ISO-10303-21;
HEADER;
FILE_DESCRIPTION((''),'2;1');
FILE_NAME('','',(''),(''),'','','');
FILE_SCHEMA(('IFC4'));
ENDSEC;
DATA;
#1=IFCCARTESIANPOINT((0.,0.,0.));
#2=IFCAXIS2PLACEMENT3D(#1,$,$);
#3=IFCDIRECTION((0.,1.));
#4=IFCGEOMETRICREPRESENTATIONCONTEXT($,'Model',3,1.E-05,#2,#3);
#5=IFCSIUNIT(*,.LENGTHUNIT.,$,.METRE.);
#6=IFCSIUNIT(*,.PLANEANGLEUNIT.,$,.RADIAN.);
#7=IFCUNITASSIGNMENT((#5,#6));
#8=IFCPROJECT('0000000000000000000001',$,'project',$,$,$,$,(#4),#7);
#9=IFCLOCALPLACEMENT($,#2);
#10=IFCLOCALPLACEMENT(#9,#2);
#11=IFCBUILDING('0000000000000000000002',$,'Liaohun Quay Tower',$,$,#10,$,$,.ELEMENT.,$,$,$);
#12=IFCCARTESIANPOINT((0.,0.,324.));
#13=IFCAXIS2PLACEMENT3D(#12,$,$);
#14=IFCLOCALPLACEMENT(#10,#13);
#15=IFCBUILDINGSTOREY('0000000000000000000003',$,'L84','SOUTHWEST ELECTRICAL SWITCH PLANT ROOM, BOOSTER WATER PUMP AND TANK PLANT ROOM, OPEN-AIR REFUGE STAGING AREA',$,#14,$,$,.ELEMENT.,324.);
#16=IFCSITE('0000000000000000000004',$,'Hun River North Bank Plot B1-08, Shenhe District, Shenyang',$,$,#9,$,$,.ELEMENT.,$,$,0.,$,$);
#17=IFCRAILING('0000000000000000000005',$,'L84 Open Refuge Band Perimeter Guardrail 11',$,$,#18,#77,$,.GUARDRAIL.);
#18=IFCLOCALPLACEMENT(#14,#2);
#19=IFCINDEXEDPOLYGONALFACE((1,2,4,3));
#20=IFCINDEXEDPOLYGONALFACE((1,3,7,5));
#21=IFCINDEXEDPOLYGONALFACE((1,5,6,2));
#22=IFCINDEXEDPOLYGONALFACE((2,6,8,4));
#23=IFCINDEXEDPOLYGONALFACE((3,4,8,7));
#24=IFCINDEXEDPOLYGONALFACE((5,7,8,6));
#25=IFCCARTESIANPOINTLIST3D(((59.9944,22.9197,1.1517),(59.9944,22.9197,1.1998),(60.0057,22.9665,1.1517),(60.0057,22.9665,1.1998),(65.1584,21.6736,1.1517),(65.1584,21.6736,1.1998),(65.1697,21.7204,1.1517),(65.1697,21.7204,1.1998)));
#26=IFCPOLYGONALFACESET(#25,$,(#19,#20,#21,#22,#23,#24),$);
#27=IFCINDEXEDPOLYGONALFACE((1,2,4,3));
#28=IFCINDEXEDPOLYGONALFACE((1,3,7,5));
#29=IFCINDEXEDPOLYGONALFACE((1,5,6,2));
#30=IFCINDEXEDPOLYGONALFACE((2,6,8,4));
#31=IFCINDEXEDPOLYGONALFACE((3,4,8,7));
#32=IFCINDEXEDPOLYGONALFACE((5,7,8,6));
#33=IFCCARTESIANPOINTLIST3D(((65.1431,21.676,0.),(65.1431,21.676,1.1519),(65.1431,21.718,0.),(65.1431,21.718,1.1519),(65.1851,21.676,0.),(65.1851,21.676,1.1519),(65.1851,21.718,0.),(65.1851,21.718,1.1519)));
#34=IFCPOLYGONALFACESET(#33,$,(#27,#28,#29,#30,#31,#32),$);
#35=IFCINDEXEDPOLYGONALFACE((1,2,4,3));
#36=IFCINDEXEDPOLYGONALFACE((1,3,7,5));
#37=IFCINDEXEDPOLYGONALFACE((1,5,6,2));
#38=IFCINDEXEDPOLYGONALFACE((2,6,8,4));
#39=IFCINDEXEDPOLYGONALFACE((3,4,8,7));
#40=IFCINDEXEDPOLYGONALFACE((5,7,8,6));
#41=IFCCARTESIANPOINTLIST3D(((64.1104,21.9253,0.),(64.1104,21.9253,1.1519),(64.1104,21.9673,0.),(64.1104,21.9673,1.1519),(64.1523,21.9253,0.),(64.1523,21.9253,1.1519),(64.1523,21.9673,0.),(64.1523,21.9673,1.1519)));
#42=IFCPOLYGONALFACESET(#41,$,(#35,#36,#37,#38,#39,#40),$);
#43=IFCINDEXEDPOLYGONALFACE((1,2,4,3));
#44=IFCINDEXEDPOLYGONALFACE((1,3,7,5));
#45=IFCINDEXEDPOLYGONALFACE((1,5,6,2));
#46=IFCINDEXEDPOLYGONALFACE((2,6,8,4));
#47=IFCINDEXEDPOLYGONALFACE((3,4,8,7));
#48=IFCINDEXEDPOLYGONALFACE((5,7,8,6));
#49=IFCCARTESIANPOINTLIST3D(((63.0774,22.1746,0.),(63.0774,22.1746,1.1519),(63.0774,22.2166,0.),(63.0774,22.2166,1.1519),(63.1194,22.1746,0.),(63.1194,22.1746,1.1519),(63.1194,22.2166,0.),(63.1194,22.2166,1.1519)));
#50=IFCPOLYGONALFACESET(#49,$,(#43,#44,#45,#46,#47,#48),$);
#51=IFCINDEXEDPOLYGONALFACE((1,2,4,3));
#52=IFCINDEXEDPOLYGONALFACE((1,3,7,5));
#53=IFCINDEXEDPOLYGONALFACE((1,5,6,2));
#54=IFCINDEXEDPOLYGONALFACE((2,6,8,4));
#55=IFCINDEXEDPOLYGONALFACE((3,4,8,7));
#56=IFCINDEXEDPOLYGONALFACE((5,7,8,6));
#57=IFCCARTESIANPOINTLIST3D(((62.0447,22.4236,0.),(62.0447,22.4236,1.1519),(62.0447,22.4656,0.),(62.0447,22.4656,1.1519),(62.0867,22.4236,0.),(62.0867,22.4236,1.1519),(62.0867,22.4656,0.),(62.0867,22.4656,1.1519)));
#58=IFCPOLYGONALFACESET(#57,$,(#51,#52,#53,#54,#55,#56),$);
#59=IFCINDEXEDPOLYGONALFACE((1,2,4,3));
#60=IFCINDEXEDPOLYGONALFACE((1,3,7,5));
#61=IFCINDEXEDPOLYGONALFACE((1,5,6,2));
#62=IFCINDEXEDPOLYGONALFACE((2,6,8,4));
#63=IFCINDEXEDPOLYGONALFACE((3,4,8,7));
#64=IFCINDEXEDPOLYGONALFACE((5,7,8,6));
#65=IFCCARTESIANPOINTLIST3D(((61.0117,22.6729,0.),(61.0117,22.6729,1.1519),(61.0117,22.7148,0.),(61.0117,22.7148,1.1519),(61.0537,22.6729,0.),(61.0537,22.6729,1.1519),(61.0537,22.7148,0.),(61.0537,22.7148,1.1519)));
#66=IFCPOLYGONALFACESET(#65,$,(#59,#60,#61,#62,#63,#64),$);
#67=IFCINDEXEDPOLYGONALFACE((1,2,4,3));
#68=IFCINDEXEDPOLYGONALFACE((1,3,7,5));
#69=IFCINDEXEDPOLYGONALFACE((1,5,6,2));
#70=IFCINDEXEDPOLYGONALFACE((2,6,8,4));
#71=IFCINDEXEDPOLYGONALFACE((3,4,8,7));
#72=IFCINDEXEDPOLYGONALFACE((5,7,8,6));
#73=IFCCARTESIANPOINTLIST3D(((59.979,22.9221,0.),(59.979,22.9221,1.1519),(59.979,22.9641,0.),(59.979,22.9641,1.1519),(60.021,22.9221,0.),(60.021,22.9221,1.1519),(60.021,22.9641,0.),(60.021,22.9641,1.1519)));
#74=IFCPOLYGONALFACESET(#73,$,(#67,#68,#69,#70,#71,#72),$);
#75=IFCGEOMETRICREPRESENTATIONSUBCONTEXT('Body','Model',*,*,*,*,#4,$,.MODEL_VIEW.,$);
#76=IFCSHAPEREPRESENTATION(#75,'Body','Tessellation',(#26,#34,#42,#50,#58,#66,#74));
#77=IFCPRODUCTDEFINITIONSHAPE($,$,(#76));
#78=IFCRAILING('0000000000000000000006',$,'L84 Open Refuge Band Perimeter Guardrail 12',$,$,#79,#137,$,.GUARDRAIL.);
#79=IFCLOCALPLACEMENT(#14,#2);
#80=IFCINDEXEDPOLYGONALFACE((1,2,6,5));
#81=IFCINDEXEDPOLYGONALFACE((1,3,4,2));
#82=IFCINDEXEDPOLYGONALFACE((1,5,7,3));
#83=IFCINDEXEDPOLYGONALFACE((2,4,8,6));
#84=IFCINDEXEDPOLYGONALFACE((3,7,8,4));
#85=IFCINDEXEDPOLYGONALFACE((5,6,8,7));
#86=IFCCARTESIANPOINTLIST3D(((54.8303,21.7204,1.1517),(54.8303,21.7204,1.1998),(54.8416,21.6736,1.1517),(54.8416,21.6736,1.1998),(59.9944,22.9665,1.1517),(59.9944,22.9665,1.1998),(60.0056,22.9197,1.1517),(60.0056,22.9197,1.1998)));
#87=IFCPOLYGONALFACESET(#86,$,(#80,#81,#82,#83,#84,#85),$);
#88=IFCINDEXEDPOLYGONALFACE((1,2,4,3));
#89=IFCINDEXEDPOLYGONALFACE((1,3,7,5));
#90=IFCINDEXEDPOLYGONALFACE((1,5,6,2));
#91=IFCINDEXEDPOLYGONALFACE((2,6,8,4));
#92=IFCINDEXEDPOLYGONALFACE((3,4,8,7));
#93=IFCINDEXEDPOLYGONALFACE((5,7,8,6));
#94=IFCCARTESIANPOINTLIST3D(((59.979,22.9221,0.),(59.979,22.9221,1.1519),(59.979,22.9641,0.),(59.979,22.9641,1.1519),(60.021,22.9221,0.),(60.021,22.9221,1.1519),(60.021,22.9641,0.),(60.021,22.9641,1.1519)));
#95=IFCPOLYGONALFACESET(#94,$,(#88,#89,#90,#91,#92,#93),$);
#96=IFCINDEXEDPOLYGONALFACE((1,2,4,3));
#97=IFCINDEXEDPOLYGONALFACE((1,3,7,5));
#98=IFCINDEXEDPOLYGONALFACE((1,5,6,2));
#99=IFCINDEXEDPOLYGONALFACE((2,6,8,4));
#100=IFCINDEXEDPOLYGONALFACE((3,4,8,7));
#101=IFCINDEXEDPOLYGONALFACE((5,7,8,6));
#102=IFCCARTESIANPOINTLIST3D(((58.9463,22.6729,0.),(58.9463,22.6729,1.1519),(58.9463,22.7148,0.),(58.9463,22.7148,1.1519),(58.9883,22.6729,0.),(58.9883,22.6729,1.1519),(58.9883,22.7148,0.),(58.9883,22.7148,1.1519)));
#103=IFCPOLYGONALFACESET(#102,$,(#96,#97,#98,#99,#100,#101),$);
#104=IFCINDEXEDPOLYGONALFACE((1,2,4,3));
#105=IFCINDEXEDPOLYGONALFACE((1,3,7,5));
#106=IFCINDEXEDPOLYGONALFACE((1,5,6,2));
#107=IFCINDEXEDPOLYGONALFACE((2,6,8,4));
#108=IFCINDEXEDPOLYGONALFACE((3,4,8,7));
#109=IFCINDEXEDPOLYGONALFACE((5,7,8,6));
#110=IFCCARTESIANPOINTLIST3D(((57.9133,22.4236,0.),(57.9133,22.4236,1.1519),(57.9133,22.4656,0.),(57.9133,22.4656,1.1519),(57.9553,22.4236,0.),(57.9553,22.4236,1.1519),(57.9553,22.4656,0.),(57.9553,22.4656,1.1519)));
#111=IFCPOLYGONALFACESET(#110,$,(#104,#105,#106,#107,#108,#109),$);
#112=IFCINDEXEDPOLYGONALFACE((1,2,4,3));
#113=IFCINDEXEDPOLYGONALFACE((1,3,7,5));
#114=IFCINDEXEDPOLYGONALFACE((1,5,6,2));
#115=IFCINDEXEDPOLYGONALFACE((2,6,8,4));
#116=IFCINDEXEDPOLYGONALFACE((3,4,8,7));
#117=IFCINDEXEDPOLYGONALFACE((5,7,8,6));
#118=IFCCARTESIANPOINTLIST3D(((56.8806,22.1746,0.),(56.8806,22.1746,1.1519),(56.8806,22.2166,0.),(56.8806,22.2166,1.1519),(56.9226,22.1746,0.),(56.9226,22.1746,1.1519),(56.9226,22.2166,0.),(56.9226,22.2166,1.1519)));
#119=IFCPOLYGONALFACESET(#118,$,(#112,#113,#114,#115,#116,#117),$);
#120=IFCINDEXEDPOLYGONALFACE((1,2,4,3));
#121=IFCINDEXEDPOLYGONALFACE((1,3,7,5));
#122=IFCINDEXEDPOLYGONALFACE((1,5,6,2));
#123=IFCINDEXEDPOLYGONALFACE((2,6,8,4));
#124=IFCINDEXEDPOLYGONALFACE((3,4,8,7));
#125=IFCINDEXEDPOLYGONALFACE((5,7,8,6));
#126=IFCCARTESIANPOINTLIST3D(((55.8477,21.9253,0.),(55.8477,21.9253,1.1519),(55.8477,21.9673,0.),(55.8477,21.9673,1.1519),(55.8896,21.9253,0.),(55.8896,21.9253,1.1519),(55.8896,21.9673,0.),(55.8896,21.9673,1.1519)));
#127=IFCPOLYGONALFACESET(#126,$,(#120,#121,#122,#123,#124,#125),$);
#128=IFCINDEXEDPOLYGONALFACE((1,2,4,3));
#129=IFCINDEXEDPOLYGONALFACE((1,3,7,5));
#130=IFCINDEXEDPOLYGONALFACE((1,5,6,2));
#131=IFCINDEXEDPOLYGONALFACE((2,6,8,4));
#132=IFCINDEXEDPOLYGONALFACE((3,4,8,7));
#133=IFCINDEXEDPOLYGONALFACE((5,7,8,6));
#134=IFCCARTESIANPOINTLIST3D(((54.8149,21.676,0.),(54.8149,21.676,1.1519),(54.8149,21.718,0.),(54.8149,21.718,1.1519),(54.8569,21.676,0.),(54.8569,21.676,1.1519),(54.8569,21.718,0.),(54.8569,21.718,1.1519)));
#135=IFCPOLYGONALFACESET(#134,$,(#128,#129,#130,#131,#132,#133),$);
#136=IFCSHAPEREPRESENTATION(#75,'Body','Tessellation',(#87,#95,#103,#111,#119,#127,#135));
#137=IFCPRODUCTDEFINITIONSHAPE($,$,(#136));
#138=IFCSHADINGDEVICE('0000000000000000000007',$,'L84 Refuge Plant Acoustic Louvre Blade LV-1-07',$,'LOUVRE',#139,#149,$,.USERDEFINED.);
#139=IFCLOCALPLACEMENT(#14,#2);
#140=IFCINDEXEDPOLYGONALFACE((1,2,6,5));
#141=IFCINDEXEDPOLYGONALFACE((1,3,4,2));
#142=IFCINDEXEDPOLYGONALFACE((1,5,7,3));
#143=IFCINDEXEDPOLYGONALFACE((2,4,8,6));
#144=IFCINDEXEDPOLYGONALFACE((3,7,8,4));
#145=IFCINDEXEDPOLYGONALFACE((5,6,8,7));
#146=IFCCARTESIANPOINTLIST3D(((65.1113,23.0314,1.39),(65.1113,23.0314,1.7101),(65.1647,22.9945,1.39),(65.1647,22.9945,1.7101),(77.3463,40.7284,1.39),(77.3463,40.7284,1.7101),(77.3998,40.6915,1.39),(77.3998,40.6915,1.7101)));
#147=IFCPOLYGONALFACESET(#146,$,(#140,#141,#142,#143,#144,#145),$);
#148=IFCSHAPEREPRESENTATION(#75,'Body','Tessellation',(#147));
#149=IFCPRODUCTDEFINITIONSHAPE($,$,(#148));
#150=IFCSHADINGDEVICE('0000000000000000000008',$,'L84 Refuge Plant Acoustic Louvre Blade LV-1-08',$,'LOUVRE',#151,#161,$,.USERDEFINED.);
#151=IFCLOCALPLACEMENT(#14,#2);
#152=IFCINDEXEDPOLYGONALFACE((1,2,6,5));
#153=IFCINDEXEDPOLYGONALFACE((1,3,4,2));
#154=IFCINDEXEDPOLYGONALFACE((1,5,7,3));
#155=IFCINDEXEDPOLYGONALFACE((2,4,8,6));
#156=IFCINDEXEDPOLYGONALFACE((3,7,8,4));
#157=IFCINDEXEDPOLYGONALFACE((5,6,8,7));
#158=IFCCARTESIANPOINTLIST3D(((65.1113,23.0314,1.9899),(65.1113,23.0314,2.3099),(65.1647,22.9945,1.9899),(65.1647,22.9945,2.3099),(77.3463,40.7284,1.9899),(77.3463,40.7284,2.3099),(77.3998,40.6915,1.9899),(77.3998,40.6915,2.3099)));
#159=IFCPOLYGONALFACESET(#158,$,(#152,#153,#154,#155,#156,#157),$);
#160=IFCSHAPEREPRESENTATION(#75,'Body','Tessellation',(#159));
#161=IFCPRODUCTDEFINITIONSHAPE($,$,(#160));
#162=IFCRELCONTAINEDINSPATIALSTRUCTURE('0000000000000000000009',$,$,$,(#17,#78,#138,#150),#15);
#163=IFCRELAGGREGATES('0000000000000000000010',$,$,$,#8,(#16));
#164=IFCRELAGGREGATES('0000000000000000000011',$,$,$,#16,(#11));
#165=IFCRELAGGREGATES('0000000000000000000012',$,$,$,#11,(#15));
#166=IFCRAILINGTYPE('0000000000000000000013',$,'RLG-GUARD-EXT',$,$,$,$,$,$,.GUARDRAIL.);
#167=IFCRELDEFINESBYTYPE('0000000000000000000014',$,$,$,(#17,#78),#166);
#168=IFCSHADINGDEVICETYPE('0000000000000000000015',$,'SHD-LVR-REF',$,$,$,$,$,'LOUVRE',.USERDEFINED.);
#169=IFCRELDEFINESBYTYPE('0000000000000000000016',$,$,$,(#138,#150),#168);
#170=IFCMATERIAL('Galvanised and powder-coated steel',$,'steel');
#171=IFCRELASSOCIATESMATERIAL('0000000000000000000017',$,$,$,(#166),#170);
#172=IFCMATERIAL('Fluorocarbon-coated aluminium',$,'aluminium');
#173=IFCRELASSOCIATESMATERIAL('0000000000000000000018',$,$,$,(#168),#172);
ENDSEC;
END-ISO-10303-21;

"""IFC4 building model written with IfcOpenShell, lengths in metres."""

from ifc_helpers import new_model, si_unit, direction, frame, origin, origin_2d, place, context, subcontext, project, spatial, rectangle, extrude, source, transform, mapped, material, material_profile, profile_set, type_object, element, save


model = new_model("IFC4")

# Units and contexts
model_context = context("Model", 3, precision=1e-05, world=origin(), true_north=direction((0.0, 1.0)))
body_context = subcontext(model_context, "Body", "Model", "MODEL_VIEW")
ifc_project = project(units=[si_unit("LENGTHUNIT", "METRE"), si_unit("PLANEANGLEUNIT", "RADIAN")], contexts=[model_context])

# Site, building, storey
site_placement = place(None, origin())
site = spatial("IfcSite", under=ifc_project, at=site_placement, Name="Hun River North Bank Plot B1-08, Shenhe District, Shenyang", CompositionType="ELEMENT", RefElevation=0.0)
building_placement = place(site_placement, origin())
building = spatial("IfcBuilding", under=site, at=building_placement, Name="Liaohun Quay Tower", CompositionType="ELEMENT")
storey_placement = place(building_placement, frame((0.0, 0.0, 324.0)))
storey = spatial("IfcBuildingStorey", under=building, at=storey_placement, Name="L84", Description="SOUTHWEST ELECTRICAL SWITCH PLANT ROOM, BOOSTER WATER PUMP AND TANK PLANT ROOM, OPEN-AIR REFUGE STAGING AREA", CompositionType="ELEMENT", Elevation=324.0)

# Railings
ifc_material_1 = material(Name="Galvanised and powder-coated steel", Category="steel")
railing_type = type_object("IfcRailingType", Name="RLG-GUARD-EXT", PredefinedType="GUARDRAIL", material=ifc_material_1)
railing_1_placement = place(storey_placement, frame((65.1641, 21.697, 0.0)))
element("IfcRailing", 1, at=railing_1_placement, inside=storey, type_object=railing_type, Name="L84 Open Refuge Band Perimeter Guardrail 11", PredefinedType="GUARDRAIL", context=body_context, shape_type="SweptSolid", body=[
    extrude(rectangle(XDim=0.0481, YDim=0.0481, at=origin_2d()), frame((0.0, 0.0, 1.1758), z_axis=(-0.9721, 0.234569, 0.0), x_axis=(-0.234569, -0.9721, 0.0)), (0.0, 0.0, 1.0), 5.3123),
    extrude(rectangle(XDim=0.042, YDim=0.042, at=origin_2d()), origin(), (0.0, 0.0, 1.0), 1.1519),
    extrude(rectangle(XDim=0.042, YDim=0.042, at=origin_2d()), frame((-1.0327, 0.2493, 0.0)), (0.0, 0.0, 1.0), 1.1519),
    extrude(rectangle(XDim=0.042, YDim=0.042, at=origin_2d()), frame((-2.0657, 0.4985, 0.0)), (0.0, 0.0, 1.0), 1.1519),
    extrude(rectangle(XDim=0.042, YDim=0.042, at=origin_2d()), frame((-3.0984, 0.7476, 0.0)), (0.0, 0.0, 1.0), 1.1519),
    extrude(rectangle(XDim=0.042, YDim=0.042, at=origin_2d()), frame((-4.1313, 0.9968, 0.0)), (0.0, 0.0, 1.0), 1.1519),
    extrude(rectangle(XDim=0.042, YDim=0.042, at=origin_2d()), frame((-5.1641, 1.2461, 0.0)), (0.0, 0.0, 1.0), 1.1519),
])
railing_2_placement = place(storey_placement, frame((60.0, 22.9431, 0.0)))
element("IfcRailing", 2, at=railing_2_placement, inside=storey, type_object=railing_type, Name="L84 Open Refuge Band Perimeter Guardrail 12", PredefinedType="GUARDRAIL", context=body_context, shape_type="SweptSolid", body=[
    extrude(rectangle(XDim=0.0481, YDim=0.0481, at=origin_2d()), frame((0.0, 0.0, 1.1758), z_axis=(-0.9721, -0.234569, 0.0), x_axis=(0.234569, -0.9721, 0.0)), (0.0, 0.0, 1.0), 5.3123),
    extrude(rectangle(XDim=0.042, YDim=0.042, at=origin_2d()), origin(), (0.0, 0.0, 1.0), 1.1519),
    extrude(rectangle(XDim=0.042, YDim=0.042, at=origin_2d()), frame((-1.0327, -0.2493, 0.0)), (0.0, 0.0, 1.0), 1.1519),
    extrude(rectangle(XDim=0.042, YDim=0.042, at=origin_2d()), frame((-2.0657, -0.4985, 0.0)), (0.0, 0.0, 1.0), 1.1519),
    extrude(rectangle(XDim=0.042, YDim=0.042, at=origin_2d()), frame((-3.0984, -0.7476, 0.0)), (0.0, 0.0, 1.0), 1.1519),
    extrude(rectangle(XDim=0.042, YDim=0.042, at=origin_2d()), frame((-4.1313, -0.9968, 0.0)), (0.0, 0.0, 1.0), 1.1519),
    extrude(rectangle(XDim=0.042, YDim=0.042, at=origin_2d()), frame((-5.1641, -1.2461, 0.0)), (0.0, 0.0, 1.0), 1.1519),
])

# Shading devices
ifc_material_2 = material(Name="Fluorocarbon-coated aluminium", Category="aluminium")
ifc_material_profile_1 = material_profile(ifc_material_2, rectangle(XDim=0.0649, YDim=0.3201, at=origin_2d()), Name="ALU-LVR-320x65")
ifc_profile_set_1 = profile_set([ifc_material_profile_1], Name="Fluorocarbon-coated aluminium")
shading_device_type = type_object("IfcShadingDeviceType", Name="SHD-LVR-REF", ElementType="LOUVRE", PredefinedType="USERDEFINED", material=ifc_profile_set_1)
shared_shape_1 = source(origin(), body_context, "Body", "SweptSolid", [
    extrude(rectangle(XDim=0.0649, YDim=0.3201, at=origin_2d()), origin(), (0.0, 0.0, 1.0), 21.5146),
])
for number, where, z_axis, x_axis, name in (
    (3, (77.373, 40.71, 1.55), (-0.568686, -0.822555, 0.0), (0.822555, -0.568686, 0.0), "L84 Refuge Plant Acoustic Louvre Blade LV-1-07"),
    (4, (77.373, 40.71, 2.1499), (-0.568686, -0.822555, 0.0), (0.822555, -0.568686, 0.0), "L84 Refuge Plant Acoustic Louvre Blade LV-1-08"),
):
    element("IfcShadingDevice", number, at=place(storey_placement, frame(where, z_axis=z_axis, x_axis=x_axis)), inside=storey, type_object=shading_device_type, Name=name, ObjectType="LOUVRE", PredefinedType="USERDEFINED", context=body_context, shape_type="MappedRepresentation", body=[
        mapped(shared_shape_1, transform((0.0, 0.0, 0.0), x_axis=(1.0, 0.0, 0.0), y_axis=(0.0, 1.0, 0.0), z_axis=(0.0, 0.0, 1.0), scale=1.0)),
    ])

save(model, "model.ifc")
